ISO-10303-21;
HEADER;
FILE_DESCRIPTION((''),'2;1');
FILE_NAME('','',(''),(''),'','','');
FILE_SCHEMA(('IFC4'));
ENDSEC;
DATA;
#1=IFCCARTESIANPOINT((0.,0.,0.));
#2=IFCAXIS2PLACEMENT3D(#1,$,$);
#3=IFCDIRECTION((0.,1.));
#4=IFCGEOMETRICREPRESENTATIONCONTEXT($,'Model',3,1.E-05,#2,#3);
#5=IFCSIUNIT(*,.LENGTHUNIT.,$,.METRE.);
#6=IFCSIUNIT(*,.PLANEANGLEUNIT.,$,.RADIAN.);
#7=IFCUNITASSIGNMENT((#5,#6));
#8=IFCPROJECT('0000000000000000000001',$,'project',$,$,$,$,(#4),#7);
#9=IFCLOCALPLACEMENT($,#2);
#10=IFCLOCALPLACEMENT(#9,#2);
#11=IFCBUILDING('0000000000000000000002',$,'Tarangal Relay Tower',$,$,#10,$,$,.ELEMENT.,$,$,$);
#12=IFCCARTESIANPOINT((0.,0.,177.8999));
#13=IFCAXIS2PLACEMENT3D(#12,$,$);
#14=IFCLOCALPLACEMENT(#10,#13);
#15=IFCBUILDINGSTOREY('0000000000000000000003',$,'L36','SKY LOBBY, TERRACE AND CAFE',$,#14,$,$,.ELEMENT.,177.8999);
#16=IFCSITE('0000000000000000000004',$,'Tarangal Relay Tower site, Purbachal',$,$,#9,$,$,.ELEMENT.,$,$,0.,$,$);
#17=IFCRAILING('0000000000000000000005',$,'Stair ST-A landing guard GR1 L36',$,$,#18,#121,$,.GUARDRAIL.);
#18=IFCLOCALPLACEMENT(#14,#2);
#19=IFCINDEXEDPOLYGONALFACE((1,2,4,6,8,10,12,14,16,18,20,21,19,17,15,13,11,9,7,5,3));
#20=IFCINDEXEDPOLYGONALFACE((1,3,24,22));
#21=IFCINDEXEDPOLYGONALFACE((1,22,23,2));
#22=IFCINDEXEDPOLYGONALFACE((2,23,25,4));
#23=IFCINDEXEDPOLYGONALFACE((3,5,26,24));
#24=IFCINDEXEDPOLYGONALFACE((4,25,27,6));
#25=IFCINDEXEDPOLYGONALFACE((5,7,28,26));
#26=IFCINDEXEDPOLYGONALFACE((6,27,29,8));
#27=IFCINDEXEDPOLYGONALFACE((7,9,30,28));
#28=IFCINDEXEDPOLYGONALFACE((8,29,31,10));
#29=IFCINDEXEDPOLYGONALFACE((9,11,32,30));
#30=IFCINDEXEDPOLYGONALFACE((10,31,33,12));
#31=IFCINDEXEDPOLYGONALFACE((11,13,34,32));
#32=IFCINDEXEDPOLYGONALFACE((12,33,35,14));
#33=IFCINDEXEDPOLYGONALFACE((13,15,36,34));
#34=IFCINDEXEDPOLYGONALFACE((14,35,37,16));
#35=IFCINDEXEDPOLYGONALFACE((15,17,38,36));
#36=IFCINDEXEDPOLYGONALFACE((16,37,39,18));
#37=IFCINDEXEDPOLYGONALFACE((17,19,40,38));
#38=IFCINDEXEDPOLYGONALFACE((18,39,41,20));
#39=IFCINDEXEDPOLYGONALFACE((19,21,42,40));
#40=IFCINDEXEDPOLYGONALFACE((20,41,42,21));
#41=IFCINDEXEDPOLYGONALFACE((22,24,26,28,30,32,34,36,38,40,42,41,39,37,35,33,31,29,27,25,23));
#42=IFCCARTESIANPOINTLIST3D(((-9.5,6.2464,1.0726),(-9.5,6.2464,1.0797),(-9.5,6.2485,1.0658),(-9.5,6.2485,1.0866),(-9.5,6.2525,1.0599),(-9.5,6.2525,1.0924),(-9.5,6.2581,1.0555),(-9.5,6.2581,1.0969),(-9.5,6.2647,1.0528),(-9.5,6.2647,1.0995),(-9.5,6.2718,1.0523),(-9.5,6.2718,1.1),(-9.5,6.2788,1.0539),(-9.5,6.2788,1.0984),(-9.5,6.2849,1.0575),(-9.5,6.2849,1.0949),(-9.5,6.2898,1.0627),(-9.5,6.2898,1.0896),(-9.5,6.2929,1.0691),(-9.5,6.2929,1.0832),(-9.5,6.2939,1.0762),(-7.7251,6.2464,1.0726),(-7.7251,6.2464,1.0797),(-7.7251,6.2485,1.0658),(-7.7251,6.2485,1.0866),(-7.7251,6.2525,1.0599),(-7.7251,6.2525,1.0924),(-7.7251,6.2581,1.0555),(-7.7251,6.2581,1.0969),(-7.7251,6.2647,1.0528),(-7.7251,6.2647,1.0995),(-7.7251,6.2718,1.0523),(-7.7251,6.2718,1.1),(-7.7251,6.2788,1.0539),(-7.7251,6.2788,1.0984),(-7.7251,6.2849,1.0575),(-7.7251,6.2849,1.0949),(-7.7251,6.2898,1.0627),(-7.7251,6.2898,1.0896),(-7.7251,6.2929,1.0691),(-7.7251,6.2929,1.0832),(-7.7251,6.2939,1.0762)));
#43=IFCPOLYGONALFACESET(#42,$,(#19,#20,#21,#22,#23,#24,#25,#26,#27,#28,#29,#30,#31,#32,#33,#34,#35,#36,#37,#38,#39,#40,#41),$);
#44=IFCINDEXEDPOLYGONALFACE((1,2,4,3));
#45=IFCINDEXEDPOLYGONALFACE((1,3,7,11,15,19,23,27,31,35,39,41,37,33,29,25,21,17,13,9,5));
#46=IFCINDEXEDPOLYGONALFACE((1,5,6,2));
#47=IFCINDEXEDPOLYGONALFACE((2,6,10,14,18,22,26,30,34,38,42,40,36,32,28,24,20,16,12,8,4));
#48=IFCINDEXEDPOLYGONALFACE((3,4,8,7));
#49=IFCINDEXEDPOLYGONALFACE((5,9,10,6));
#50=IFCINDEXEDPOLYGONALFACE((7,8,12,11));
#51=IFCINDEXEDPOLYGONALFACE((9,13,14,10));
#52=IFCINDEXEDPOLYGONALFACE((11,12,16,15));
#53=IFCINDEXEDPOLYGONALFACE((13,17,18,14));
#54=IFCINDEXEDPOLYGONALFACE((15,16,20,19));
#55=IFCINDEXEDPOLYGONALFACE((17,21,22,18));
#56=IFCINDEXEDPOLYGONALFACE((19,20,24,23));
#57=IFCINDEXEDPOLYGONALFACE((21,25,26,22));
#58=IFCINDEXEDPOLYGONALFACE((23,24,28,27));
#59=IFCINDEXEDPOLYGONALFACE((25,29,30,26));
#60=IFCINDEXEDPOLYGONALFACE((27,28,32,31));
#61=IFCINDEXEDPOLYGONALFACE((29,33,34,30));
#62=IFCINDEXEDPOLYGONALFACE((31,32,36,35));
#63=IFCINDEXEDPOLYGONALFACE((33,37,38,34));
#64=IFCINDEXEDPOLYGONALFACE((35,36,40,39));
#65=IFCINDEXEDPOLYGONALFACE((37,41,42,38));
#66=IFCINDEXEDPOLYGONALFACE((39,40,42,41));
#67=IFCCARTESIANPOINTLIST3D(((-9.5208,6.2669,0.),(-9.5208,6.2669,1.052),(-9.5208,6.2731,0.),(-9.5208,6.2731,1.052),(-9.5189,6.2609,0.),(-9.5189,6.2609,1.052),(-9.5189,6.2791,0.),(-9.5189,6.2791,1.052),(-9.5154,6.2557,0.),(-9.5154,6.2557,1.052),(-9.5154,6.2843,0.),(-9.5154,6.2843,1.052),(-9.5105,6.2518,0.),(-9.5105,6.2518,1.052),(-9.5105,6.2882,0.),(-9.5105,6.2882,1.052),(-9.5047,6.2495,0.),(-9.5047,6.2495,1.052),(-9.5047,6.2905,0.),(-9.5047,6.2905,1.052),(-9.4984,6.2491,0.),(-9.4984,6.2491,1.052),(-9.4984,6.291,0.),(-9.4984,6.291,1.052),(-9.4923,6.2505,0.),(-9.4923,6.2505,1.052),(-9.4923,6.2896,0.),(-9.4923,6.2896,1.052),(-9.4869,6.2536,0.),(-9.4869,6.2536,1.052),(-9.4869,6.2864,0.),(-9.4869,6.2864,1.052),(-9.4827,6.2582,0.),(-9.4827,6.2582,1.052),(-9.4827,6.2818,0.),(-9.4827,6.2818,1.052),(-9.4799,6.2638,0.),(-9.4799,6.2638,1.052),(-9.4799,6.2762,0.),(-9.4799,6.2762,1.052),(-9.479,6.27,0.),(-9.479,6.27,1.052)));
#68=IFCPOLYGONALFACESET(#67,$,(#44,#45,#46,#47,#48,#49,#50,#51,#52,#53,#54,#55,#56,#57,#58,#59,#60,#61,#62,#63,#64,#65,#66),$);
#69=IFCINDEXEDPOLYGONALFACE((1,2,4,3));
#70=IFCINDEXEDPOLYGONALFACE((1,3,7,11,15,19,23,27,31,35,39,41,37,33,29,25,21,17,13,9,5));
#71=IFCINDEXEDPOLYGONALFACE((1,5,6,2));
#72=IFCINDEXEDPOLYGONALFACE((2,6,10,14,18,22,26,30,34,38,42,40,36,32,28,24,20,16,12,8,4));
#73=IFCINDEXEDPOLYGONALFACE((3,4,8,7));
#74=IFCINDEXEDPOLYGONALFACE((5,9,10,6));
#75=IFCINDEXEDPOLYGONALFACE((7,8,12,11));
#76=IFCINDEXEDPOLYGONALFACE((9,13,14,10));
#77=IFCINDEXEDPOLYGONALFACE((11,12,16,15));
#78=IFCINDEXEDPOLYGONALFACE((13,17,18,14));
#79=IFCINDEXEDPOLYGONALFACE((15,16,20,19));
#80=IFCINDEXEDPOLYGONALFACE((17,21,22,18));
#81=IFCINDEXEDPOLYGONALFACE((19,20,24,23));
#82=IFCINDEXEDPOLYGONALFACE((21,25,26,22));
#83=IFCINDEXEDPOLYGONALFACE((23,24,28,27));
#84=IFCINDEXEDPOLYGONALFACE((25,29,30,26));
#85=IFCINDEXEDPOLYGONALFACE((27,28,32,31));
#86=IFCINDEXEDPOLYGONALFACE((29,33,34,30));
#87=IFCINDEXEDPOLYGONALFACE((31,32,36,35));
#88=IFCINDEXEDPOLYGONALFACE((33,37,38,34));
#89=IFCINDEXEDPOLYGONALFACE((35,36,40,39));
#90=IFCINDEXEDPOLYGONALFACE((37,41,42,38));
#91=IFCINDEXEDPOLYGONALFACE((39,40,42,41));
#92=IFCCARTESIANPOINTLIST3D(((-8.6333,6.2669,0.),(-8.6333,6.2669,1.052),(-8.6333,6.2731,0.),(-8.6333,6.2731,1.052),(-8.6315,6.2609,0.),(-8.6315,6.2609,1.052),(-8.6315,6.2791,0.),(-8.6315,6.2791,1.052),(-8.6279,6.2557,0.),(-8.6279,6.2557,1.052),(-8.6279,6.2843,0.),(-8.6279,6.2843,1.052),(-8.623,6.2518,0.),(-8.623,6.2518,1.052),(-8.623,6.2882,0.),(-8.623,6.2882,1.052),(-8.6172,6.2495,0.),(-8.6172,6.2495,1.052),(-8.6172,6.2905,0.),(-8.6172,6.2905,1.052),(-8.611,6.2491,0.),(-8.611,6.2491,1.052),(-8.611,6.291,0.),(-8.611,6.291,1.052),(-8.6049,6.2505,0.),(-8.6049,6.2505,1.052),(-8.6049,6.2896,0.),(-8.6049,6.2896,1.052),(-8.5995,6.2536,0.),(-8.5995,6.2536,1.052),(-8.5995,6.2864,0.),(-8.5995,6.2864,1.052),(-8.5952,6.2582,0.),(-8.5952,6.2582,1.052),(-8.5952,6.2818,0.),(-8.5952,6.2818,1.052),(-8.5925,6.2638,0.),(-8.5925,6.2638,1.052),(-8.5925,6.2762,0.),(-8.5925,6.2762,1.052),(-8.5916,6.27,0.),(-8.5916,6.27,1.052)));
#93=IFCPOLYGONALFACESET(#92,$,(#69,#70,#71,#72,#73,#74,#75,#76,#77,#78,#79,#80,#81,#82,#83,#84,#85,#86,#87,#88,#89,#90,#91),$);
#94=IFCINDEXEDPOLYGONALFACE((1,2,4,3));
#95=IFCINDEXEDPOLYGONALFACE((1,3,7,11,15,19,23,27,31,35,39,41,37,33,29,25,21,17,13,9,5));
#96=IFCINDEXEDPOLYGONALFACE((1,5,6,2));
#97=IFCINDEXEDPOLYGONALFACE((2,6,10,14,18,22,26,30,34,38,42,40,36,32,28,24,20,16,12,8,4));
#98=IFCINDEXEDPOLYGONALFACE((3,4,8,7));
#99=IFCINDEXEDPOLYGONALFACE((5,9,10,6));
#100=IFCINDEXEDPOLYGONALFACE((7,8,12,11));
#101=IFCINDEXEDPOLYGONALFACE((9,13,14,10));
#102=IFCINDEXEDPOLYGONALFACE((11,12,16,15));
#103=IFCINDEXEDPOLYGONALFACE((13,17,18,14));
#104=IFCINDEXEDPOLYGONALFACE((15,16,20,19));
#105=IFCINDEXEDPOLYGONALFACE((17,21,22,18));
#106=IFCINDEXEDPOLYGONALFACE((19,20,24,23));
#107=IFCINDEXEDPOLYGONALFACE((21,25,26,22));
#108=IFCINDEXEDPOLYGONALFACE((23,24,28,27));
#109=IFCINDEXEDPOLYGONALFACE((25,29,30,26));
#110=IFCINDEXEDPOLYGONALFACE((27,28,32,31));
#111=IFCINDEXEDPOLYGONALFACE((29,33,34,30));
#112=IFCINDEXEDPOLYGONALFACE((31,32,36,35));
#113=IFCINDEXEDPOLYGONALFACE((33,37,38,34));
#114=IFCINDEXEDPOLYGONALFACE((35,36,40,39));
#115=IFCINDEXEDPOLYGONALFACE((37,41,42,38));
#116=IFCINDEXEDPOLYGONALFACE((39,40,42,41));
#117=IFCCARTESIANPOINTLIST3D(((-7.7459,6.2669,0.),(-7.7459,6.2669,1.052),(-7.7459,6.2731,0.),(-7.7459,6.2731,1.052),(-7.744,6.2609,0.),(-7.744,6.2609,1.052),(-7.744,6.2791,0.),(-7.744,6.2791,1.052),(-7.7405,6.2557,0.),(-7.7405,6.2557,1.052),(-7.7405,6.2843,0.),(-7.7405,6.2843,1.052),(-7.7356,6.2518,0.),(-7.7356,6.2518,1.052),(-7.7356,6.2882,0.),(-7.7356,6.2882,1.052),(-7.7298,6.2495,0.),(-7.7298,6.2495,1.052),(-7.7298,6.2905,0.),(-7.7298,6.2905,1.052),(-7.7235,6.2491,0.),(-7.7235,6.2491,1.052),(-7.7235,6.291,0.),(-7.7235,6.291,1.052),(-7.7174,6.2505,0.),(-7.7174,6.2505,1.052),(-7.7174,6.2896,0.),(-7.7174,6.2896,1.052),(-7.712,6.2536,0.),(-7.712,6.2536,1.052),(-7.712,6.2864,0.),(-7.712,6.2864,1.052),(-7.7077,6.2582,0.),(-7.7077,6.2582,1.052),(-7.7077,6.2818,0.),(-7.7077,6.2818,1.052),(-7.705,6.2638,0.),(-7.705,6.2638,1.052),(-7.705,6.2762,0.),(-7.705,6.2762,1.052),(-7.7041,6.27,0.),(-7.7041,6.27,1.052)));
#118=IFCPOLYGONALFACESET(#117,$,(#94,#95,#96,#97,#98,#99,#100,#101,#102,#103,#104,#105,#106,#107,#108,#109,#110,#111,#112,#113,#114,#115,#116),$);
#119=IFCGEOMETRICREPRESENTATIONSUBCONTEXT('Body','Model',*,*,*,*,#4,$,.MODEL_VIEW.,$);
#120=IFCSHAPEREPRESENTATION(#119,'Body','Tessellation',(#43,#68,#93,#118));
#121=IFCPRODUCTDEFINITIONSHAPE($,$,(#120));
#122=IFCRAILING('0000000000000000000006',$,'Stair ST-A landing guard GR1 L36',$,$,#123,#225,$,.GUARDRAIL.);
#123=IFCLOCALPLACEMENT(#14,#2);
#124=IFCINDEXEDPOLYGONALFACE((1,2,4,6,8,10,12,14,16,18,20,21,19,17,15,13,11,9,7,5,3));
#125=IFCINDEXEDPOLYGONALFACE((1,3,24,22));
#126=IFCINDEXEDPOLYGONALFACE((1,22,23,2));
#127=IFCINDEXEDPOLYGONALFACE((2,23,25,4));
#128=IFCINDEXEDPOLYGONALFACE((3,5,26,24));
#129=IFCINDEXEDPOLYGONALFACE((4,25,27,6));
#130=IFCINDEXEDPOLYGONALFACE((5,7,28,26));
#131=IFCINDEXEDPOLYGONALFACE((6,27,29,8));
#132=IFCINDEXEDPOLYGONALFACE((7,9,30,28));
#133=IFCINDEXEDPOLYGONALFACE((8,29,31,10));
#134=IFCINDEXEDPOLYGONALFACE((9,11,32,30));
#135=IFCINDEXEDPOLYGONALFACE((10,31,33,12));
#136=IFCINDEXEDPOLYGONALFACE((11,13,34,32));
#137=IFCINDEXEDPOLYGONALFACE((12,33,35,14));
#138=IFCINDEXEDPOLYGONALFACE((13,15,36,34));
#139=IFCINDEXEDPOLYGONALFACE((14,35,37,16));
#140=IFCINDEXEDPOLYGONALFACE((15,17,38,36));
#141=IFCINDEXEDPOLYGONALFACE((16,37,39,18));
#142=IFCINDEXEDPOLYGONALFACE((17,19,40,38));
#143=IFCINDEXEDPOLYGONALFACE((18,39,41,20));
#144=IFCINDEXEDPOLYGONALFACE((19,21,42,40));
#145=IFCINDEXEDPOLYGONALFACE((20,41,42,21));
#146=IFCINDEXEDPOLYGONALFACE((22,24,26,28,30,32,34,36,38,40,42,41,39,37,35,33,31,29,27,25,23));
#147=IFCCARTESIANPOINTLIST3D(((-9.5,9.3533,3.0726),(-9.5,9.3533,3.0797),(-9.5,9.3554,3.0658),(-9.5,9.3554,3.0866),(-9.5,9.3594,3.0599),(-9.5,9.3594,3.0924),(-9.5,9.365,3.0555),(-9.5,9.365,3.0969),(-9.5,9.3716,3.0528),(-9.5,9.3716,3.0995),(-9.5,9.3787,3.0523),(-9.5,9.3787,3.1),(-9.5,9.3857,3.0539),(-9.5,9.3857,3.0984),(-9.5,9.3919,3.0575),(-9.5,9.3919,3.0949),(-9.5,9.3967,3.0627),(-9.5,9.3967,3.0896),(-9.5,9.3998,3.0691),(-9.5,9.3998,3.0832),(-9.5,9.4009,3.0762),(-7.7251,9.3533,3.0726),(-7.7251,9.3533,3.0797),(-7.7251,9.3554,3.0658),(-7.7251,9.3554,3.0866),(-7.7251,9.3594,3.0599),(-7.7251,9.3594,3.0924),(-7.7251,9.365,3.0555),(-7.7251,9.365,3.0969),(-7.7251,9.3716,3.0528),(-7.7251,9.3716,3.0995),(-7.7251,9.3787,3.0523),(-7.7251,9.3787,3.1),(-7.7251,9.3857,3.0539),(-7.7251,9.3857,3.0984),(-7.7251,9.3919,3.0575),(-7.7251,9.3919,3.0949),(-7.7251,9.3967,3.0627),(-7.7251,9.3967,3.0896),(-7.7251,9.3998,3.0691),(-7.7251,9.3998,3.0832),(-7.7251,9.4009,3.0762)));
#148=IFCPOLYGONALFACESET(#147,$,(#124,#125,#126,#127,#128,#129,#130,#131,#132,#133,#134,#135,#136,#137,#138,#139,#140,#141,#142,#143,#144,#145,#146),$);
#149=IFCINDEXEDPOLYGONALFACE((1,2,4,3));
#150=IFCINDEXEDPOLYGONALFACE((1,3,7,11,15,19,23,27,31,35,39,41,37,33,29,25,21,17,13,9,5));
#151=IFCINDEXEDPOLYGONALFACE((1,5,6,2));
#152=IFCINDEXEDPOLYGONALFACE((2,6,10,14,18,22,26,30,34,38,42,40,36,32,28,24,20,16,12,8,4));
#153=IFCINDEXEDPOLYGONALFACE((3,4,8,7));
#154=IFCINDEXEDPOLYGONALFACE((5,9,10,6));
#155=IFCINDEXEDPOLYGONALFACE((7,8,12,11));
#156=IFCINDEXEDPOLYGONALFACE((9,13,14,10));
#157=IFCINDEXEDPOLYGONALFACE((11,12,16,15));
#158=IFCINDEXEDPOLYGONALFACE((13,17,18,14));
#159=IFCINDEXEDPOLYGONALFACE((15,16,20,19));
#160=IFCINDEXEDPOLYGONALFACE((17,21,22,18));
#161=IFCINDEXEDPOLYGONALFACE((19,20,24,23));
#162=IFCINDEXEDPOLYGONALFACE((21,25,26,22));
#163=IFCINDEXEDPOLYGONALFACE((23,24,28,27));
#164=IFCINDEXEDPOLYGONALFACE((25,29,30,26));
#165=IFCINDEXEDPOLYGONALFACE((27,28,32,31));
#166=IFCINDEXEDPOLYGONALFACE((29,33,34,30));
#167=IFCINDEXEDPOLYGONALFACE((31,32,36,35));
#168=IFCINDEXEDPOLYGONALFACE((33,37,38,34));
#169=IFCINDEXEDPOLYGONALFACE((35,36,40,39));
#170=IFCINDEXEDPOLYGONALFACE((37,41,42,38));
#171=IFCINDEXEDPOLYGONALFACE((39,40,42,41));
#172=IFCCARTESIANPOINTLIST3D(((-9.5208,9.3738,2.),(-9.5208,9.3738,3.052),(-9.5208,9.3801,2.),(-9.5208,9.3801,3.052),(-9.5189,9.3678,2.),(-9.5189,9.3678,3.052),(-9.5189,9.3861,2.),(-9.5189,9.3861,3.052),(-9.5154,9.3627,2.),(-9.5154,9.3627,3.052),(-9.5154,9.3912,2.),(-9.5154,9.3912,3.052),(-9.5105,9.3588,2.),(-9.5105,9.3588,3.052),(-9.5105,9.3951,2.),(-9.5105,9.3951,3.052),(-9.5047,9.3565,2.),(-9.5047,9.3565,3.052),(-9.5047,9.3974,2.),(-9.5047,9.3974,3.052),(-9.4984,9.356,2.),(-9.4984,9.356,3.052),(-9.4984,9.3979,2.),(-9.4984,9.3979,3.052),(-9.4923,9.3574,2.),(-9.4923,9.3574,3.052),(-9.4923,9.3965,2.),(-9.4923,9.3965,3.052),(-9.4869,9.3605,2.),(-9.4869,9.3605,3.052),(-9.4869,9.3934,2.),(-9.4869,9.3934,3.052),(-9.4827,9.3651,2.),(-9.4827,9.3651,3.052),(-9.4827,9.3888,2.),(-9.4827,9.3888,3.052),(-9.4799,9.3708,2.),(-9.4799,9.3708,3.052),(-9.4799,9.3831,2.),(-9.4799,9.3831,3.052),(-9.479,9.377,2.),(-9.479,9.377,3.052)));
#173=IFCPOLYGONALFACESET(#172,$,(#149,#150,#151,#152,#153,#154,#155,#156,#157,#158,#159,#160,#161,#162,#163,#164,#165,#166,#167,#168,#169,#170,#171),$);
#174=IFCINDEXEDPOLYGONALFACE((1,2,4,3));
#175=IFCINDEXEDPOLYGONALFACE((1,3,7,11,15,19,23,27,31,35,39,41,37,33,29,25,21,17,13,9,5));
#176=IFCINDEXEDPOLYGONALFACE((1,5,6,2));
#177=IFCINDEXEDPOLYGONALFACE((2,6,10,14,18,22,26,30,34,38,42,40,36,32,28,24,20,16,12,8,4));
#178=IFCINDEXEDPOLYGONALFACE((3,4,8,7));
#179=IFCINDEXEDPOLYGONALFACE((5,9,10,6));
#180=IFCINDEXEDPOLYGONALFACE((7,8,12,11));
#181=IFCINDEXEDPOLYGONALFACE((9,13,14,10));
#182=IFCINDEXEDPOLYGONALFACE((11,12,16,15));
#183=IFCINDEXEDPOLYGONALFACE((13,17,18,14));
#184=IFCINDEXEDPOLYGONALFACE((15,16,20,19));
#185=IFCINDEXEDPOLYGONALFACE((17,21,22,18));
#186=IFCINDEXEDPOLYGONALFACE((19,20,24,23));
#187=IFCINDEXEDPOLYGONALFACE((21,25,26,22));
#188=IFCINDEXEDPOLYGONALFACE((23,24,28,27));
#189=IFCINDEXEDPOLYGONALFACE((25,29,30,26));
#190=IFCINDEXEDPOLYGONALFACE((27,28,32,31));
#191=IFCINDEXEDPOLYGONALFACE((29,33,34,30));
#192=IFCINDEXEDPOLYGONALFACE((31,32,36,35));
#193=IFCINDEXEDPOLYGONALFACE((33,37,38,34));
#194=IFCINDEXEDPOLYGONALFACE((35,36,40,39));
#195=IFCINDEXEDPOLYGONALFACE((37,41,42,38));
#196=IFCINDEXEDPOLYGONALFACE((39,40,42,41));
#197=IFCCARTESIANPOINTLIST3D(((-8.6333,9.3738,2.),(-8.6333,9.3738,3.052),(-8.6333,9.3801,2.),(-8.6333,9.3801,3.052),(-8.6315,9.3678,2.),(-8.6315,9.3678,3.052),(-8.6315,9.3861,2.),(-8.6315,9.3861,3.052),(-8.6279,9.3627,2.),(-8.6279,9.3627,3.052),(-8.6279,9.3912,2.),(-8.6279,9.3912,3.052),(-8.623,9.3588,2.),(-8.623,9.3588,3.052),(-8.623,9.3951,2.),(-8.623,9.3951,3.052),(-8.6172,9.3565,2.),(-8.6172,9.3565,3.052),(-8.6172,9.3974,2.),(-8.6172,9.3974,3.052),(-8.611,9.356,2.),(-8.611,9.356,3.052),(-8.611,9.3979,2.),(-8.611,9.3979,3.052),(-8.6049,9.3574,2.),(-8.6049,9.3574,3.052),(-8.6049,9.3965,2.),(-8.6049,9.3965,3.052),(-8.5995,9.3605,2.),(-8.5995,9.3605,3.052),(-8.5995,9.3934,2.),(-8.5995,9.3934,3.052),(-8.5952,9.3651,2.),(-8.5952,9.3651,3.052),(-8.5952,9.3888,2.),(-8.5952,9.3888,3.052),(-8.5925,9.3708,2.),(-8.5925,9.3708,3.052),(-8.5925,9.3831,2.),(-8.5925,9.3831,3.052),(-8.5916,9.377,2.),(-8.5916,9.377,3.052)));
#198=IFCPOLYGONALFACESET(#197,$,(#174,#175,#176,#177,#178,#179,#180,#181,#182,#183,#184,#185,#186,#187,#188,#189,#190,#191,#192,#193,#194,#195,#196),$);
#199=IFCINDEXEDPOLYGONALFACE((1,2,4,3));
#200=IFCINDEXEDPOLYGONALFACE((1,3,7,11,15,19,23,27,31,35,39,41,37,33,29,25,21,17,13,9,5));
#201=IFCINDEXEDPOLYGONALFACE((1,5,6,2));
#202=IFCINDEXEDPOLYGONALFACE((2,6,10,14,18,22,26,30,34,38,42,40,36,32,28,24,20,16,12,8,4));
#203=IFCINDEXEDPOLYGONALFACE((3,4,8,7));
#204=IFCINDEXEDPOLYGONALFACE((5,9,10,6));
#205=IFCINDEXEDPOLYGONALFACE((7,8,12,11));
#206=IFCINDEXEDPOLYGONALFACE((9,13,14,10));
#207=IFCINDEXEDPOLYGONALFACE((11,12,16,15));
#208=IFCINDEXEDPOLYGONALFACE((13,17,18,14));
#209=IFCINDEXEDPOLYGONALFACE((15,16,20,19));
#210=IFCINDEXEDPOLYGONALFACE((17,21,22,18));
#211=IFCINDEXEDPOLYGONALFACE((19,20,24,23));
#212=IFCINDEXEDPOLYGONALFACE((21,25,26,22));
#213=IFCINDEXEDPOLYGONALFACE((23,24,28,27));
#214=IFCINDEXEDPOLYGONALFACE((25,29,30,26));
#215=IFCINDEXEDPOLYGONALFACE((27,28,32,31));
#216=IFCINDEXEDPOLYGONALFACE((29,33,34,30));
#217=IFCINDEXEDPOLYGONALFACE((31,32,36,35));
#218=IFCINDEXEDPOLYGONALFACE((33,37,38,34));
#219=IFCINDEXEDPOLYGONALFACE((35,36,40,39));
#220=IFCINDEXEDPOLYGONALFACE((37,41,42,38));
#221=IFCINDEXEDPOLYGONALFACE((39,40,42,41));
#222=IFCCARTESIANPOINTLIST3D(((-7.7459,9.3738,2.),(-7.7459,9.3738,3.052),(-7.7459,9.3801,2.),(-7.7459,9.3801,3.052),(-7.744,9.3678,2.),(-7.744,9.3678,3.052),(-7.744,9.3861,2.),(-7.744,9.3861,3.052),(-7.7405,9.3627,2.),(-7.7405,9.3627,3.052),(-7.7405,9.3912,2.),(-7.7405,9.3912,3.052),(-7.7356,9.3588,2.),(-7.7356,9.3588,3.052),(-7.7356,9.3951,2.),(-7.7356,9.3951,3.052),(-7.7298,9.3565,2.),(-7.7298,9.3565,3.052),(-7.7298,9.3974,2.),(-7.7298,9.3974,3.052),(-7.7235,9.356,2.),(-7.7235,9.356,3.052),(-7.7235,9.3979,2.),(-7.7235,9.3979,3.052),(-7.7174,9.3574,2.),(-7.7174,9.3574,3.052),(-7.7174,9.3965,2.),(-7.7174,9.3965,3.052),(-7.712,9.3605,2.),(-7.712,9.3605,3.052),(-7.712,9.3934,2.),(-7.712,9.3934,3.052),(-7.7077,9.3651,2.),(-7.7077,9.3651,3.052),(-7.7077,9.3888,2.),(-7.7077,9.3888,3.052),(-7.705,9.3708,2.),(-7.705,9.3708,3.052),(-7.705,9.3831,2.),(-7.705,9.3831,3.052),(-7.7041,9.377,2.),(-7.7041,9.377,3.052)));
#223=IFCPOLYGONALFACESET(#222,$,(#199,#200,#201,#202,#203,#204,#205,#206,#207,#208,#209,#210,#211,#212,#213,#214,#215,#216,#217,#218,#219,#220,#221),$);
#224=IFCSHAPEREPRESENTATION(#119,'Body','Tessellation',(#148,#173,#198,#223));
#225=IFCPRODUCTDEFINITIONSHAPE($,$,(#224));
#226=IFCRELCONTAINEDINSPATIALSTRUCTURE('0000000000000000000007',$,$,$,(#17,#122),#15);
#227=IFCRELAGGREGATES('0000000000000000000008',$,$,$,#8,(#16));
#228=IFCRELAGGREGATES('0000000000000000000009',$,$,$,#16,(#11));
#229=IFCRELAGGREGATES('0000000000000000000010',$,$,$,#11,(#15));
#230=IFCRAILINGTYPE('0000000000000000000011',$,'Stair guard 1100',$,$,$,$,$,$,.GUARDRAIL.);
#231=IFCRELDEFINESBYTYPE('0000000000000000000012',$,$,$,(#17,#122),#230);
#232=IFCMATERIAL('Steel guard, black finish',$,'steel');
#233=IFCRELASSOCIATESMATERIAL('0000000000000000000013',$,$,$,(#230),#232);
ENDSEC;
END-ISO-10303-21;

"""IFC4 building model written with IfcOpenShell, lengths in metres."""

from ifc_helpers import new_model, si_unit, direction, frame, origin, origin_2d, place, context, subcontext, project, spatial, circle, extrude, material, type_object, element, save


model = new_model("IFC4")

# Units and contexts
model_context = context("Model", 3, precision=1e-05, world=origin(), true_north=direction((0.0, 1.0)))
body_context = subcontext(model_context, "Body", "Model", "MODEL_VIEW")
ifc_project = project(units=[si_unit("LENGTHUNIT", "METRE"), si_unit("PLANEANGLEUNIT", "RADIAN")], contexts=[model_context])

# Site, building, storey
site_placement = place(None, origin())
site = spatial("IfcSite", under=ifc_project, at=site_placement, Name="Tarangal Relay Tower site, Purbachal", CompositionType="ELEMENT", RefElevation=0.0)
building_placement = place(site_placement, origin())
building = spatial("IfcBuilding", under=site, at=building_placement, Name="Tarangal Relay Tower", CompositionType="ELEMENT")
storey_placement = place(building_placement, frame((0.0, 0.0, 177.8999)))
storey = spatial("IfcBuildingStorey", under=building, at=storey_placement, Name="L36", Description="SKY LOBBY, TERRACE AND CAFE", CompositionType="ELEMENT", Elevation=177.8999)

# Railings
ifc_material_1 = material(Name="Steel guard, black finish", Category="steel")
railing_type_1 = type_object("IfcRailingType", Name="Stair guard 1100", PredefinedType="GUARDRAIL", material=ifc_material_1)
for number, where, name in (
    (1, (-9.5, 6.27, 0.0), "Stair ST-A landing guard GR1 L36"),
    (2, (-9.5, 9.377, 2.0), "Stair ST-A landing guard GR1 L36"),
):
    element("IfcRailing", number, at=place(storey_placement, frame(where)), inside=storey, type_object=railing_type_1, Name=name, PredefinedType="GUARDRAIL", context=body_context, shape_type="SweptSolid", body=[
        extrude(circle(Radius=0.0239, at=origin_2d()), frame((0.0, 0.0, 1.0762), z_axis=(1.0, 0.0, 0.0), x_axis=(0.0, 1.0, 0.0)), (0.0, 0.0, 1.0), 1.7749),
        extrude(circle(Radius=0.021, at=origin_2d()), origin(), (0.0, 0.0, 1.0), 1.052),
        extrude(circle(Radius=0.021, at=origin_2d()), frame((0.8875, 0.0, 0.0)), (0.0, 0.0, 1.0), 1.052),
        extrude(circle(Radius=0.021, at=origin_2d()), frame((1.7749, 0.0, 0.0)), (0.0, 0.0, 1.0), 1.052),
    ])

save(model, "model.ifc")
